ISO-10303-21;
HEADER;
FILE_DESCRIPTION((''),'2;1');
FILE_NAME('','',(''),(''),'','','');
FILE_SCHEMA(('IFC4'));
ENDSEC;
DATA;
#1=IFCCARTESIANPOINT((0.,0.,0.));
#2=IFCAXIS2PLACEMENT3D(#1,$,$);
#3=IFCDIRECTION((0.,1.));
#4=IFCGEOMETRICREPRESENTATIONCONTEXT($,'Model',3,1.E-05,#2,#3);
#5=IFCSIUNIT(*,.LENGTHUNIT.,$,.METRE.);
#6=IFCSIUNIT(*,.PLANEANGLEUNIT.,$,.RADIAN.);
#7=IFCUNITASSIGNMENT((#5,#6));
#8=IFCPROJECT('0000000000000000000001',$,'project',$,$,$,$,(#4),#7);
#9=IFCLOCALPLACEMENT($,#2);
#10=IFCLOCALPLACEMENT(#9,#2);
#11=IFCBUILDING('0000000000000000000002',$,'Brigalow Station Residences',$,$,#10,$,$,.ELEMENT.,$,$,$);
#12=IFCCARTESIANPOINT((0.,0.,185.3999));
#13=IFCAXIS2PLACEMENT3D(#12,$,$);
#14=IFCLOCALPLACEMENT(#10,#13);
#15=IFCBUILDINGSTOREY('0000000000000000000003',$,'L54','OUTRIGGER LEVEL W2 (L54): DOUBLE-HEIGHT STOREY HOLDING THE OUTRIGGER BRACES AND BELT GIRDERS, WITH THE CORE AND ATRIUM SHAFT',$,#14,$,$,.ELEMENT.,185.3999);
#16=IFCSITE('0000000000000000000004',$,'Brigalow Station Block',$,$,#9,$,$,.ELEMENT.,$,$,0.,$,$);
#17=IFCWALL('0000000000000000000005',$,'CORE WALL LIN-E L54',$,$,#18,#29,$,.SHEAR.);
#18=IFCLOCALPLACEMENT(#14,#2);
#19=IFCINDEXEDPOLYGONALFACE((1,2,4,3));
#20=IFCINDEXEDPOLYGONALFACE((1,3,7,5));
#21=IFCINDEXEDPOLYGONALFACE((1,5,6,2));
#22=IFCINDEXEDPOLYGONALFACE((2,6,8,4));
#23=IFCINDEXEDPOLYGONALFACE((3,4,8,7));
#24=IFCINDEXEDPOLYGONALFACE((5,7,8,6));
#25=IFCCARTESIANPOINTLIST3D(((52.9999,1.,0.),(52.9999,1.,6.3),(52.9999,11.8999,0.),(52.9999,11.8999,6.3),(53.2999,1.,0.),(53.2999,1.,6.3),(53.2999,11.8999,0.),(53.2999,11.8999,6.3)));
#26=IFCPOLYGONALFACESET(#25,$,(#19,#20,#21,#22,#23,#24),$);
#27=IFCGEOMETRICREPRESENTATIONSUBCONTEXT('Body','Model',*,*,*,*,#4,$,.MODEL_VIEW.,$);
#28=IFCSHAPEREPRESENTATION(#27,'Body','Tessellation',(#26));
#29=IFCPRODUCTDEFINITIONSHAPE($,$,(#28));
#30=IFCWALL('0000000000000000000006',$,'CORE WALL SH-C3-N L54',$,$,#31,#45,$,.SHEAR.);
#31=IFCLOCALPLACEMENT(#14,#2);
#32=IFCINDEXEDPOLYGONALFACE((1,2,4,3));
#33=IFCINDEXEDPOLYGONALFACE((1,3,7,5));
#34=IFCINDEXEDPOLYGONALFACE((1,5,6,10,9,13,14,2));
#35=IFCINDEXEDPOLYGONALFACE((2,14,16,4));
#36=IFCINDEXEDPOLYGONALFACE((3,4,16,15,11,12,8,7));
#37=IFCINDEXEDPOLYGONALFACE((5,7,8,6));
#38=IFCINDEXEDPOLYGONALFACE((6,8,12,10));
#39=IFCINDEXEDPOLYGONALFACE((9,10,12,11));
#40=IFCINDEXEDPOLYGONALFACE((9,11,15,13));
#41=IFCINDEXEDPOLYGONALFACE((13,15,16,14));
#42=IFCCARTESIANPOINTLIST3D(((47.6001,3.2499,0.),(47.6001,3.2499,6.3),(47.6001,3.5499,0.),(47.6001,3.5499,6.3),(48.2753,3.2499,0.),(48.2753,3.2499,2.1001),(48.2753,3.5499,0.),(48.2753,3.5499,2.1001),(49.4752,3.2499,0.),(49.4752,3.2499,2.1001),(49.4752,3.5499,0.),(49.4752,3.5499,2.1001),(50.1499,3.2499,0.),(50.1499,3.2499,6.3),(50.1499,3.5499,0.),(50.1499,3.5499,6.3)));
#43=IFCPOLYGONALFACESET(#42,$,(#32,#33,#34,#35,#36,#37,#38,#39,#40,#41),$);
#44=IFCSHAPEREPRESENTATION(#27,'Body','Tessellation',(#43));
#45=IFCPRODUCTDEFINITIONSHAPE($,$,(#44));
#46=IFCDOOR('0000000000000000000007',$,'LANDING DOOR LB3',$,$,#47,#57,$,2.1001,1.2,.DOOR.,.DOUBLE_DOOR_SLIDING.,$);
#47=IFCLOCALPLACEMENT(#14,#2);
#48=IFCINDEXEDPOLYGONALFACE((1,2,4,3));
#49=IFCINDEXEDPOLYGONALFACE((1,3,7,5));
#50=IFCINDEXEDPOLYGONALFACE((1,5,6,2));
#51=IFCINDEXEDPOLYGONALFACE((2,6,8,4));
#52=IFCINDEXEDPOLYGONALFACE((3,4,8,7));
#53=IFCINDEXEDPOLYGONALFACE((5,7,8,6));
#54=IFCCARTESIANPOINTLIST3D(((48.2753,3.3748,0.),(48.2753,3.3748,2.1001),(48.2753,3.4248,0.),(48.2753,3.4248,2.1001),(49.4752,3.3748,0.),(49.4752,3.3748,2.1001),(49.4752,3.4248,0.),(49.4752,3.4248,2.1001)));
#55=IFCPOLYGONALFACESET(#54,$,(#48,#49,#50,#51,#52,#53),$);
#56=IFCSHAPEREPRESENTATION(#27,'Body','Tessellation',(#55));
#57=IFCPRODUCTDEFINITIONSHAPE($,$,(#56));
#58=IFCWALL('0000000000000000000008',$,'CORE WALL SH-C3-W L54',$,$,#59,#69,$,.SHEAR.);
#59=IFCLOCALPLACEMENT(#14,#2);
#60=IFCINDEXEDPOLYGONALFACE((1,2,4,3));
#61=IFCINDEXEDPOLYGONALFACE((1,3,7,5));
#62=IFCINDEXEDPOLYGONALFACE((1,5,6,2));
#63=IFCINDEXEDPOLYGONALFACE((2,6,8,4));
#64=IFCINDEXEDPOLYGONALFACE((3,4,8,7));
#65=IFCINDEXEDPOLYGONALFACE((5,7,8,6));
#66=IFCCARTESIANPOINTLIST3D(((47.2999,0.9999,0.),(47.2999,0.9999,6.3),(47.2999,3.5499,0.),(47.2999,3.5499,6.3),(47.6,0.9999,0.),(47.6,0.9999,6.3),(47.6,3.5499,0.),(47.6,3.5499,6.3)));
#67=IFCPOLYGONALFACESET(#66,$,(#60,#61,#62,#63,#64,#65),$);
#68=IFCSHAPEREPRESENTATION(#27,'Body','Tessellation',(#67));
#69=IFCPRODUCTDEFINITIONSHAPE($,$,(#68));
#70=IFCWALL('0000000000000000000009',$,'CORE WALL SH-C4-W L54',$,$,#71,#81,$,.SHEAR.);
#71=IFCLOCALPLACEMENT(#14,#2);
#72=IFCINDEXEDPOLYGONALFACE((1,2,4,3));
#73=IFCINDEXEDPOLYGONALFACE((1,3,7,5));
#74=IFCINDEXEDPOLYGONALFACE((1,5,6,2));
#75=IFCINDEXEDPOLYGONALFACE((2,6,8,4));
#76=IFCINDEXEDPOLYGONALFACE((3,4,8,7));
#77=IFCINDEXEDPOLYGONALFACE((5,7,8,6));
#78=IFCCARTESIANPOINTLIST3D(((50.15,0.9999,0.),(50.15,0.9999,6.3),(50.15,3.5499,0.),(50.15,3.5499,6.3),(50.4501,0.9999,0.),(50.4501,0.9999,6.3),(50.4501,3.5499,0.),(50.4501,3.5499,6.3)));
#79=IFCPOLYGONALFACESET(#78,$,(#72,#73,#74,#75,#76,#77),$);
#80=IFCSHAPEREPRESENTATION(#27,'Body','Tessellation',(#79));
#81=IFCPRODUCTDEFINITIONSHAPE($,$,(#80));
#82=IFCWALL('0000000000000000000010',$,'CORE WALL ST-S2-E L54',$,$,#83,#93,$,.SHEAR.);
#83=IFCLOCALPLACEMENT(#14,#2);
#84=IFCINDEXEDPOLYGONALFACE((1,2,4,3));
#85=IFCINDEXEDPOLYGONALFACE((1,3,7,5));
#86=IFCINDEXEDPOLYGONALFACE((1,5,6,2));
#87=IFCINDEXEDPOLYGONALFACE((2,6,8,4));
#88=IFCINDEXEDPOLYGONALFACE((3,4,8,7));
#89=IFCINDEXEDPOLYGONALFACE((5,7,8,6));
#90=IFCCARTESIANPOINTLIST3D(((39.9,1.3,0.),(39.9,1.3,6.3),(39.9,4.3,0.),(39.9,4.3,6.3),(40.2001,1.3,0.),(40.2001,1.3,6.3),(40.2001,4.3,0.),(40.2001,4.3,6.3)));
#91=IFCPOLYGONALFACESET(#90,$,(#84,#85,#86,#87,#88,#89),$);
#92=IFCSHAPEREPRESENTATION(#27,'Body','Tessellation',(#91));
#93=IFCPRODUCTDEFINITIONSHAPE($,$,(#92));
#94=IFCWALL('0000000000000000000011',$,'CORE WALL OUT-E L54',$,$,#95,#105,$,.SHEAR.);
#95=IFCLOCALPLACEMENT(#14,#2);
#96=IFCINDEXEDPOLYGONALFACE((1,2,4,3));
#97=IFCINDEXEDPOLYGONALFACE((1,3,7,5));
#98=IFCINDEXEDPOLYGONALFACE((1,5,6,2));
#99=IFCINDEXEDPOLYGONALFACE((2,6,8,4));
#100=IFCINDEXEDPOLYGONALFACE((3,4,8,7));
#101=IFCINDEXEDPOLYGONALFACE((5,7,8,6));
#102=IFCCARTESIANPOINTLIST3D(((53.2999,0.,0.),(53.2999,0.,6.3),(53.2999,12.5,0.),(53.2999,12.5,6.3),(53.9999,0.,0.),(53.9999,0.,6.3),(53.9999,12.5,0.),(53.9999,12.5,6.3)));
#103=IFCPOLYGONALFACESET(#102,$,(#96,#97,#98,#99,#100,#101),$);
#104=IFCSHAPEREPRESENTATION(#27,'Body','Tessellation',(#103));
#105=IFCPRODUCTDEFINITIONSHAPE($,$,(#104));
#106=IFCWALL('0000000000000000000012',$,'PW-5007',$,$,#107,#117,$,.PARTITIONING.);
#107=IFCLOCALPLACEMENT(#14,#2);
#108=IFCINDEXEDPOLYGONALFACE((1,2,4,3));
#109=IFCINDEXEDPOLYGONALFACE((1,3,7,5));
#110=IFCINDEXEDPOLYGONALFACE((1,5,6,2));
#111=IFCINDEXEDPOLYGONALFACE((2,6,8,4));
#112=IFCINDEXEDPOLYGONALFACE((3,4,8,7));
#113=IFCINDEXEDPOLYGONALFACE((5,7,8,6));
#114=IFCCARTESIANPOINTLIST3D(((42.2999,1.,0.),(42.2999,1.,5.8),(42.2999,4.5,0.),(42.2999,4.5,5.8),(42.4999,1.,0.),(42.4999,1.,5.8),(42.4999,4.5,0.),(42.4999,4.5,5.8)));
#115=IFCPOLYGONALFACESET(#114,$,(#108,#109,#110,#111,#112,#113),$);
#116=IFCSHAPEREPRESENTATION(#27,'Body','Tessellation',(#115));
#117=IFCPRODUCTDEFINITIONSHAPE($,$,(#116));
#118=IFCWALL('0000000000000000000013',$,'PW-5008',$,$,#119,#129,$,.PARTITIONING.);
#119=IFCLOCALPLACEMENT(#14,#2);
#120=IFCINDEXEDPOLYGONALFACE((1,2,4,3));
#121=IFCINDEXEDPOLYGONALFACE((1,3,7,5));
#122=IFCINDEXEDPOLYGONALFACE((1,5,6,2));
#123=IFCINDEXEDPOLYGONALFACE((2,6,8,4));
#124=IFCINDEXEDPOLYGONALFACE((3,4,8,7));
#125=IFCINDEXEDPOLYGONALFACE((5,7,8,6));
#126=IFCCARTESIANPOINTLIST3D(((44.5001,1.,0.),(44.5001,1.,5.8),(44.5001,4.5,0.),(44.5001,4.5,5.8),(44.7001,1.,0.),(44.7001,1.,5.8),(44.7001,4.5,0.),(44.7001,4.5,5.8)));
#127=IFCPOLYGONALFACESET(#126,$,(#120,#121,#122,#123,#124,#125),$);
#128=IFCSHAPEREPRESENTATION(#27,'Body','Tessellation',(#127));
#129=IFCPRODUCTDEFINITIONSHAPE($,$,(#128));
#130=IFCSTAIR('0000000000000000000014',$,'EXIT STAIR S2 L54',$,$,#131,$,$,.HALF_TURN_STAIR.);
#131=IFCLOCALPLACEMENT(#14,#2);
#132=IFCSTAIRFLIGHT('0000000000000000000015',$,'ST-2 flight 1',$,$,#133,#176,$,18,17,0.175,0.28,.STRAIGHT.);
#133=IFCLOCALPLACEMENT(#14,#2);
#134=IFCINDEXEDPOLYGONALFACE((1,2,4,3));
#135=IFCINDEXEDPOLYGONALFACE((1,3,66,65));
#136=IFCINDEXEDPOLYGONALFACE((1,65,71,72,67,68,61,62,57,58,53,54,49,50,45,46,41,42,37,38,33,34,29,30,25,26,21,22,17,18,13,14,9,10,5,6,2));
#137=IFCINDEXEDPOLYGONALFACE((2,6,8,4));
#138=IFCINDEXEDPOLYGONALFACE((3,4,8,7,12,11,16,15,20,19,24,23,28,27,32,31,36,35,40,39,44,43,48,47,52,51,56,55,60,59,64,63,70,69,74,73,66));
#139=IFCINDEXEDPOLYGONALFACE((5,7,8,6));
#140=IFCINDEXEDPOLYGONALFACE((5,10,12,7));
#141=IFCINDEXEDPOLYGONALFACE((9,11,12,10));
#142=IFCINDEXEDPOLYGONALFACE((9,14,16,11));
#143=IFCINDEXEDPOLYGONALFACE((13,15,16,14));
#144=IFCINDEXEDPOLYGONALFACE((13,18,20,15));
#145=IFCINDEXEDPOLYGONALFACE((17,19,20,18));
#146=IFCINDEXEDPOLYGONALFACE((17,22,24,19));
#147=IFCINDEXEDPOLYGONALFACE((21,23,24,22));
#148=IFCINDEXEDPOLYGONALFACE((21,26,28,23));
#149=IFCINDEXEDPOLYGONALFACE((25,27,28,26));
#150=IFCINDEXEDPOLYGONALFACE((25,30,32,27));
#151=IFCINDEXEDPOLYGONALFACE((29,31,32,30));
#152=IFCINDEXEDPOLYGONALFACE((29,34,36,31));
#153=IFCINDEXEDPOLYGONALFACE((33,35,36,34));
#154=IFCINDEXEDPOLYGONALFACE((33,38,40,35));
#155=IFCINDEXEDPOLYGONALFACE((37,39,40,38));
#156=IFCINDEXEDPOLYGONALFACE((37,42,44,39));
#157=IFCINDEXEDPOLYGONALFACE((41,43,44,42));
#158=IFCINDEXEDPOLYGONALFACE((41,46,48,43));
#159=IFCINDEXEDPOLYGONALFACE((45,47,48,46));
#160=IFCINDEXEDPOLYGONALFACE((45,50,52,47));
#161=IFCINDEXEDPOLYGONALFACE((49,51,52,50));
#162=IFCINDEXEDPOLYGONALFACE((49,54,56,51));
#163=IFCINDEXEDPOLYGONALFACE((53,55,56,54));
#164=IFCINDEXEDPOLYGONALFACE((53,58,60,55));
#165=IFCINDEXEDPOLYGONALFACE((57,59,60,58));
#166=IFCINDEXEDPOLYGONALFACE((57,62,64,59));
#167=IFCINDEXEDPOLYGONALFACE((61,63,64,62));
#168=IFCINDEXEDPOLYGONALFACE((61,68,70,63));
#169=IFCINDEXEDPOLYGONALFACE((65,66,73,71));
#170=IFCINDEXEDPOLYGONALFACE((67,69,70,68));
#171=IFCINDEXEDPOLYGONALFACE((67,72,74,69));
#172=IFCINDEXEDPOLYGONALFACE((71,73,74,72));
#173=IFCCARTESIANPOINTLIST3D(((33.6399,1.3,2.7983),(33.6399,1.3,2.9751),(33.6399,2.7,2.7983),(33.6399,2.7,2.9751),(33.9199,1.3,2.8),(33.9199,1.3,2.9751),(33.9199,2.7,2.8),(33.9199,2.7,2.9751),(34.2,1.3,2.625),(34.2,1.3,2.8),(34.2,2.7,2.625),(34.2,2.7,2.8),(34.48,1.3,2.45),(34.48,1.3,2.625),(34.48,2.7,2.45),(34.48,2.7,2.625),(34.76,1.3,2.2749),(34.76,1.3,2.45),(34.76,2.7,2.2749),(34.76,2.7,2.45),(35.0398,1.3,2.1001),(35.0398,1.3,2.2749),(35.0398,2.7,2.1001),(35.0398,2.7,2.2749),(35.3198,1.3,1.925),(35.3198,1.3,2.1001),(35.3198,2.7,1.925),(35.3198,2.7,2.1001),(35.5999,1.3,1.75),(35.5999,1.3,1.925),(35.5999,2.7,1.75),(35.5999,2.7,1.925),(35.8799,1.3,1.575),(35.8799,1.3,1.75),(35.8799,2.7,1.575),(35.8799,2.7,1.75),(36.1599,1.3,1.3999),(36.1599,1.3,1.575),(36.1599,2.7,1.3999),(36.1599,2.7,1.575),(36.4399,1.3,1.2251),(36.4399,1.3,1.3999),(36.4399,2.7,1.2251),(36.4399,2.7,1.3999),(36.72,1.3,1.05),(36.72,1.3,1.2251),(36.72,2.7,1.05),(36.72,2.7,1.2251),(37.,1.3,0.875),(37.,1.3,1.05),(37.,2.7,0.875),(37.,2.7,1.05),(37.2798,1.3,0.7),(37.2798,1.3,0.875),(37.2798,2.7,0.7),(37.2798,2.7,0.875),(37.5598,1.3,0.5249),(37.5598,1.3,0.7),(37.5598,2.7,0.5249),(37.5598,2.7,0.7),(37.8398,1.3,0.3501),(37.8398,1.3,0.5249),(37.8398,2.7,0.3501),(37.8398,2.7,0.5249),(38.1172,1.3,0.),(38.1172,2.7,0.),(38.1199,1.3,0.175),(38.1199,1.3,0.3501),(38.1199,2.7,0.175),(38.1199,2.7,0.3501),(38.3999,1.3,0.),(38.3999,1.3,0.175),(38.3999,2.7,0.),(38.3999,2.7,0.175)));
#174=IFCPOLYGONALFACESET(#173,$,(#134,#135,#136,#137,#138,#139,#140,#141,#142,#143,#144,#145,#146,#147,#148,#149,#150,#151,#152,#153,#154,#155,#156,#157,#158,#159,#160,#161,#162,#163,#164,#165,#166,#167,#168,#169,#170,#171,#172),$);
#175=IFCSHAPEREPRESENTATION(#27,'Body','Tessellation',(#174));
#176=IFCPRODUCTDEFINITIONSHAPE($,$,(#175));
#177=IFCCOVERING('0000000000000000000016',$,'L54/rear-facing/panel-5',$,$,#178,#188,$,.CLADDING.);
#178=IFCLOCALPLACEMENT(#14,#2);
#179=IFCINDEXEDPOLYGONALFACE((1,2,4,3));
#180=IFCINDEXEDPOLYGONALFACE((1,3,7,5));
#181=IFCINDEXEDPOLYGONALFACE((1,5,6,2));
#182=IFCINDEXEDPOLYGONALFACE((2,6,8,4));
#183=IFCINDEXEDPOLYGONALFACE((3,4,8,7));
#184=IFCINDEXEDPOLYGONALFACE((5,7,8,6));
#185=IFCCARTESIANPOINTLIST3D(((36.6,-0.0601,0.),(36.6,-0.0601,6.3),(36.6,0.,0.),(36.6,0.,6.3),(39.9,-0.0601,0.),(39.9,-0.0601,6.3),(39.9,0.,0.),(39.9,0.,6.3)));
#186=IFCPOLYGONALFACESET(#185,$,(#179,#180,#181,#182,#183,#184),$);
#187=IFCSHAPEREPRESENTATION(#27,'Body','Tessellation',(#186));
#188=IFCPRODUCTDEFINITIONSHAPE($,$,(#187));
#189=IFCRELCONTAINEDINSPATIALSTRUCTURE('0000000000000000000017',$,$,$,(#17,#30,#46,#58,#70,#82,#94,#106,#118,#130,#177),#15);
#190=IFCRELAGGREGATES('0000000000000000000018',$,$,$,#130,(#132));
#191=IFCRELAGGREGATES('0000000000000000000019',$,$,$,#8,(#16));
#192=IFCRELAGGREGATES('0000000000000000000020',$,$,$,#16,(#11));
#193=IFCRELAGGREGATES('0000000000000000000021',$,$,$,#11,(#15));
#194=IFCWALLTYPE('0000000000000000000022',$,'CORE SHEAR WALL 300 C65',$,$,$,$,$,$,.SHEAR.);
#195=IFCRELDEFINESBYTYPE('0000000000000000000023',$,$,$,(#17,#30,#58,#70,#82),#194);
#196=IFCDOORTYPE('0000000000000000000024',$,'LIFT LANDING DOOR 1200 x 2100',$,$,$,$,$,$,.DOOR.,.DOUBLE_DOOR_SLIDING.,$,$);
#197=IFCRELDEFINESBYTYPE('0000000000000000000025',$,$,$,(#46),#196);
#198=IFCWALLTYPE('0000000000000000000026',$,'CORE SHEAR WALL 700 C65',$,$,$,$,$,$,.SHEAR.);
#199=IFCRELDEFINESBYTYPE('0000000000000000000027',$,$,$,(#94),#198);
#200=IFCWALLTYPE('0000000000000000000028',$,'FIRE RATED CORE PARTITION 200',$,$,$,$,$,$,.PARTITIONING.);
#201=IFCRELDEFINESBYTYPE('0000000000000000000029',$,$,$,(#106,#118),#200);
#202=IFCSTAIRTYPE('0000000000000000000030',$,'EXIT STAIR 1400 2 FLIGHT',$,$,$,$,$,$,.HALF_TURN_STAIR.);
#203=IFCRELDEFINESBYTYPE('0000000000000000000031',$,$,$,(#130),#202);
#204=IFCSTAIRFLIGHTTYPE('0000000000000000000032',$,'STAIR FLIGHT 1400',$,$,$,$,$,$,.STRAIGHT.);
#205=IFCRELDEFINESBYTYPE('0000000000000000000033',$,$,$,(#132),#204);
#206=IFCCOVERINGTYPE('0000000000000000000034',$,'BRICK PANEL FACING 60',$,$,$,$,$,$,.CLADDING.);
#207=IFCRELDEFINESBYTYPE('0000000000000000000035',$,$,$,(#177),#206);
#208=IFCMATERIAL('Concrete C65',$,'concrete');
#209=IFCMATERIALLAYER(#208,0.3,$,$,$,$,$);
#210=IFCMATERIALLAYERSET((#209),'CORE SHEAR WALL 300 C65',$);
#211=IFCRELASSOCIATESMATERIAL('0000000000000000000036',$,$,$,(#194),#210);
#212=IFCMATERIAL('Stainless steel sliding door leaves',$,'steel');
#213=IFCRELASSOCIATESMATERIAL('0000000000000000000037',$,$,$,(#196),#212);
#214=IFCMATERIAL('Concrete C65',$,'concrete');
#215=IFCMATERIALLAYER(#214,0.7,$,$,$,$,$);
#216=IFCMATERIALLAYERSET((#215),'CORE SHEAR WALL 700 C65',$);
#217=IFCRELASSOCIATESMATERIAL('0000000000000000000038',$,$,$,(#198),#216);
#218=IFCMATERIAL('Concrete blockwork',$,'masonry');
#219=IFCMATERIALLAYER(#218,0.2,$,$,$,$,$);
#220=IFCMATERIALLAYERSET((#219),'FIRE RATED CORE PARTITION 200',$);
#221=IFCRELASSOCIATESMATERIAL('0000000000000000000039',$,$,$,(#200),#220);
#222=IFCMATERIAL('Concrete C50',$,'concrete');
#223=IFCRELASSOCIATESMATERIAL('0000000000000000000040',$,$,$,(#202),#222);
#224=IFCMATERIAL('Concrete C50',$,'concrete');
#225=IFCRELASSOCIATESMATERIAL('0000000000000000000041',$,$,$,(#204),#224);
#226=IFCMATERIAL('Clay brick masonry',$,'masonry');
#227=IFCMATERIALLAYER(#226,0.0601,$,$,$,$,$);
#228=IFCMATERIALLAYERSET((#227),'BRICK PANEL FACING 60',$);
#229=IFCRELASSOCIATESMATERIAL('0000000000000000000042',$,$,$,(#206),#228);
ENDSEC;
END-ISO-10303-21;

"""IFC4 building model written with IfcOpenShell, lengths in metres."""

from ifc_helpers import new_model, si_unit, direction, frame, frame_2d, origin, origin_2d, place, context, subcontext, project, spatial, polyline, rectangle, outline, extrude, material, layer, layer_set, type_object, element, fill, aggregate, save


model = new_model("IFC4")

# Units and contexts
model_context = context("Model", 3, precision=1e-05, world=origin(), true_north=direction((0.0, 1.0)))
body_context = subcontext(model_context, "Body", "Model", "MODEL_VIEW")
ifc_project = project(units=[si_unit("LENGTHUNIT", "METRE"), si_unit("PLANEANGLEUNIT", "RADIAN")], contexts=[model_context])

# Site, building, storey
site_placement = place(None, origin())
site = spatial("IfcSite", under=ifc_project, at=site_placement, Name="Brigalow Station Block", CompositionType="ELEMENT", RefElevation=0.0)
building_placement = place(site_placement, origin())
building = spatial("IfcBuilding", under=site, at=building_placement, Name="Brigalow Station Residences", CompositionType="ELEMENT")
storey_placement = place(building_placement, frame((0.0, 0.0, 185.3999)))
storey = spatial("IfcBuildingStorey", under=building, at=storey_placement, Name="L54", Description="OUTRIGGER LEVEL W2 (L54): DOUBLE-HEIGHT STOREY HOLDING THE OUTRIGGER BRACES AND BELT GIRDERS, WITH THE CORE AND ATRIUM SHAFT", CompositionType="ELEMENT", Elevation=185.3999)

# Wall
ifc_material_1 = material(Name="Concrete C65", Category="concrete")
ifc_layer_1 = layer(ifc_material_1, 0.3)
ifc_layer_set_1 = layer_set([ifc_layer_1], Name="CORE SHEAR WALL 300 C65")
wall_type_1 = type_object("IfcWallType", Name="CORE SHEAR WALL 300 C65", PredefinedType="SHEAR", material=ifc_layer_set_1)
wall_1_placement = place(storey_placement, frame((53.1499, 1.0, 0.0), z_axis=(0.0, 0.0, 1.0), x_axis=(0.0, 1.0, 0.0)))
element("IfcWall", 1, at=wall_1_placement, inside=storey, type_object=wall_type_1, Name="CORE WALL LIN-E L54", PredefinedType="SHEAR", context=body_context, shape_type="SweptSolid", body=[
    extrude(rectangle(XDim=10.8999, YDim=0.3, at=frame_2d((5.45, 0.0))), origin(), (0.0, 0.0, 1.0), 6.3),
])

# Wall, opening, door
wall_2_placement = place(storey_placement, frame((47.6001, 3.3999, 0.0), z_axis=(0.0, 0.0, 1.0), x_axis=(1.0, 0.0, 0.0)))
wall_2 = element("IfcWall", 2, at=wall_2_placement, inside=storey, type_object=wall_type_1, Name="CORE WALL SH-C3-N L54", PredefinedType="SHEAR", context=body_context, shape_type="SweptSolid", body=[
    extrude(rectangle(XDim=2.5498, YDim=0.3, at=frame_2d((1.2749, 0.0))), origin(), (0.0, 0.0, 1.0), 6.3),
])
opening_placement = place(wall_2_placement, frame((0.675, 0.0, 0.0)))
opening = element("IfcOpeningElement", 3, at=opening_placement, cuts=wall_2, PredefinedType="OPENING", context=body_context, shape_type="SweptSolid", body=[
    extrude(rectangle(XDim=1.2, YDim=2.1001, at=frame_2d((0.6001, 1.05))), frame((0.0, 0.1602, 0.0), z_axis=(0.0, -1.0, 0.0), x_axis=(1.0, 0.0, 0.0)), (0.0, 0.0, 1.0), 0.3201),
])
ifc_material_2 = material(Name="Stainless steel sliding door leaves", Category="steel")
door_type = type_object("IfcDoorType", Name="LIFT LANDING DOOR 1200 x 2100", OperationType="DOUBLE_DOOR_SLIDING", PredefinedType="DOOR", material=ifc_material_2)
door_placement = place(opening_placement, origin())
door = element("IfcDoor", 4, at=door_placement, inside=storey, type_object=door_type, Name="LANDING DOOR LB3", OperationType="DOUBLE_DOOR_SLIDING", OverallHeight=2.1001, OverallWidth=1.2, PredefinedType="DOOR", context=body_context, shape_type="SweptSolid", body=[
    extrude(rectangle(XDim=1.2, YDim=2.1001, at=frame_2d((0.6001, 1.05))), frame((0.0, 0.0249, 0.0), z_axis=(0.0, -1.0, 0.0), x_axis=(1.0, 0.0, 0.0)), (0.0, 0.0, 1.0), 0.05),
])
fill(opening, door)

# Walls
for number, where, z_axis, x_axis, name in (
    (5, (47.45, 1.0, 0.0), (0.0, 0.0, 1.0), (0.0, 1.0, 0.0), "CORE WALL SH-C3-W L54"),
    (6, (50.3, 1.0, 0.0), (0.0, 0.0, 1.0), (0.0, 1.0, 0.0), "CORE WALL SH-C4-W L54"),
):
    element("IfcWall", number, at=place(storey_placement, frame(where, z_axis=z_axis, x_axis=x_axis)), inside=storey, type_object=wall_type_1, Name=name, PredefinedType="SHEAR", context=body_context, shape_type="SweptSolid", body=[
        extrude(rectangle(XDim=2.55, YDim=0.3, at=frame_2d((1.2749, 0.0))), origin(), (0.0, 0.0, 1.0), 6.3),
    ])
wall_3_placement = place(storey_placement, frame((40.05, 1.3, 0.0), z_axis=(0.0, 0.0, 1.0), x_axis=(0.0, 1.0, 0.0)))
element("IfcWall", 7, at=wall_3_placement, inside=storey, type_object=wall_type_1, Name="CORE WALL ST-S2-E L54", PredefinedType="SHEAR", context=body_context, shape_type="SweptSolid", body=[
    extrude(rectangle(XDim=3.0, YDim=0.3, at=frame_2d((1.5, 0.0))), origin(), (0.0, 0.0, 1.0), 6.3),
])
ifc_material_3 = material(Name="Concrete C65", Category="concrete")
ifc_layer_2 = layer(ifc_material_3, 0.7)
ifc_layer_set_2 = layer_set([ifc_layer_2], Name="CORE SHEAR WALL 700 C65")
wall_type_2 = type_object("IfcWallType", Name="CORE SHEAR WALL 700 C65", PredefinedType="SHEAR", material=ifc_layer_set_2)
wall_4_placement = place(storey_placement, frame((53.6499, 0.0, 0.0), z_axis=(0.0, 0.0, 1.0), x_axis=(0.0, 1.0, 0.0)))
element("IfcWall", 8, at=wall_4_placement, inside=storey, type_object=wall_type_2, Name="CORE WALL OUT-E L54", PredefinedType="SHEAR", context=body_context, shape_type="SweptSolid", body=[
    extrude(rectangle(XDim=12.5, YDim=0.7, at=frame_2d((6.25, 0.0))), origin(), (0.0, 0.0, 1.0), 6.3),
])
ifc_material_4 = material(Name="Concrete blockwork", Category="masonry")
ifc_layer_3 = layer(ifc_material_4, 0.2)
ifc_layer_set_3 = layer_set([ifc_layer_3], Name="FIRE RATED CORE PARTITION 200")
wall_type_3 = type_object("IfcWallType", Name="FIRE RATED CORE PARTITION 200", PredefinedType="PARTITIONING", material=ifc_layer_set_3)
for number, where, z_axis, x_axis, name in (
    (9, (42.3999, 1.0, 0.0), (0.0, 0.0, 1.0), (0.0, 1.0, 0.0), "PW-5007"),
    (10, (44.6001, 1.0, 0.0), (0.0, 0.0, 1.0), (0.0, 1.0, 0.0), "PW-5008"),
):
    element("IfcWall", number, at=place(storey_placement, frame(where, z_axis=z_axis, x_axis=x_axis)), inside=storey, type_object=wall_type_3, Name=name, PredefinedType="PARTITIONING", context=body_context, shape_type="SweptSolid", body=[
        extrude(rectangle(XDim=3.5, YDim=0.2, at=frame_2d((1.75, 0.0))), origin(), (0.0, 0.0, 1.0), 5.8),
    ])

# Stair, stair flight
ifc_material_5 = material(Name="Concrete C50", Category="concrete")
stair_type = type_object("IfcStairType", Name="EXIT STAIR 1400 2 FLIGHT", PredefinedType="HALF_TURN_STAIR", material=ifc_material_5)
stair_placement = place(storey_placement, origin())
stair = element("IfcStair", 11, at=stair_placement, inside=storey, type_object=stair_type, Name="EXIT STAIR S2 L54", PredefinedType="HALF_TURN_STAIR")
ifc_material_6 = material(Name="Concrete C50", Category="concrete")
stair_flight_type = type_object("IfcStairFlightType", Name="STAIR FLIGHT 1400", PredefinedType="STRAIGHT", material=ifc_material_6)
stair_flight_placement = place(storey_placement, frame((38.3999, 2.0, 0.0), z_axis=(0.0, 0.0, 1.0), x_axis=(-1.0, 0.0, 0.0)))
stair_flight = element("IfcStairFlight", 12, at=stair_flight_placement, type_object=stair_flight_type, Name="ST-2 flight 1", NumberOfRisers=18, NumberOfTreads=17, PredefinedType="STRAIGHT", RiserHeight=0.175, TreadLength=0.28, context=body_context, shape_type="SweptSolid", body=[
    extrude(outline(polyline([(0.0, 0.0), (0.0, 0.175), (0.28, 0.175), (0.28, 0.3501), (0.5601, 0.3501), (0.5601, 0.5249), (0.8401, 0.5249), (0.8401, 0.7), (1.1201, 0.7), (1.1201, 0.875), (1.3999, 0.875), (1.3999, 1.05), (1.6799, 1.05), (1.6799, 1.2251), (1.96, 1.2251), (1.96, 1.3999), (2.24, 1.3999), (2.24, 1.575), (2.52, 1.575), (2.52, 1.75), (2.8, 1.75), (2.8, 1.925), (3.0801, 1.925), (3.0801, 2.1001), (3.3601, 2.1001), (3.3601, 2.2749), (3.6399, 2.2749), (3.6399, 2.45), (3.9199, 2.45), (3.9199, 2.625), (4.2, 2.625), (4.2, 2.8), (4.48, 2.8), (4.48, 2.9751), (4.76, 2.9751), (4.76, 3.1499), (4.76, 2.7983), (0.2827, 0.0), (0.0, 0.0)])), frame((0.0, 0.7, 0.0), z_axis=(0.0, -1.0, 0.0), x_axis=(1.0, 0.0, 0.0)), (0.0, 0.0, 1.0), 1.3999),
])
aggregate(stair, [stair_flight])

# Covering
ifc_material_7 = material(Name="Clay brick masonry", Category="masonry")
ifc_layer_4 = layer(ifc_material_7, 0.0601)
ifc_layer_set_4 = layer_set([ifc_layer_4], Name="BRICK PANEL FACING 60")
covering_type_1 = type_object("IfcCoveringType", Name="BRICK PANEL FACING 60", PredefinedType="CLADDING", material=ifc_layer_set_4)
for number, where, z_axis, x_axis, name in (
    (13, (38.25, -0.03, 0.0), (0.0, 0.0, 1.0), (1.0, 0.0, 0.0), "L54/rear-facing/panel-5"),
):
    element("IfcCovering", number, at=place(storey_placement, frame(where, z_axis=z_axis, x_axis=x_axis)), inside=storey, type_object=covering_type_1, Name=name, PredefinedType="CLADDING", context=body_context, shape_type="SweptSolid", body=[
        extrude(rectangle(XDim=3.3, YDim=0.0601, at=origin_2d()), origin(), (0.0, 0.0, 1.0), 6.3),
    ])

save(model, "model.ifc")
